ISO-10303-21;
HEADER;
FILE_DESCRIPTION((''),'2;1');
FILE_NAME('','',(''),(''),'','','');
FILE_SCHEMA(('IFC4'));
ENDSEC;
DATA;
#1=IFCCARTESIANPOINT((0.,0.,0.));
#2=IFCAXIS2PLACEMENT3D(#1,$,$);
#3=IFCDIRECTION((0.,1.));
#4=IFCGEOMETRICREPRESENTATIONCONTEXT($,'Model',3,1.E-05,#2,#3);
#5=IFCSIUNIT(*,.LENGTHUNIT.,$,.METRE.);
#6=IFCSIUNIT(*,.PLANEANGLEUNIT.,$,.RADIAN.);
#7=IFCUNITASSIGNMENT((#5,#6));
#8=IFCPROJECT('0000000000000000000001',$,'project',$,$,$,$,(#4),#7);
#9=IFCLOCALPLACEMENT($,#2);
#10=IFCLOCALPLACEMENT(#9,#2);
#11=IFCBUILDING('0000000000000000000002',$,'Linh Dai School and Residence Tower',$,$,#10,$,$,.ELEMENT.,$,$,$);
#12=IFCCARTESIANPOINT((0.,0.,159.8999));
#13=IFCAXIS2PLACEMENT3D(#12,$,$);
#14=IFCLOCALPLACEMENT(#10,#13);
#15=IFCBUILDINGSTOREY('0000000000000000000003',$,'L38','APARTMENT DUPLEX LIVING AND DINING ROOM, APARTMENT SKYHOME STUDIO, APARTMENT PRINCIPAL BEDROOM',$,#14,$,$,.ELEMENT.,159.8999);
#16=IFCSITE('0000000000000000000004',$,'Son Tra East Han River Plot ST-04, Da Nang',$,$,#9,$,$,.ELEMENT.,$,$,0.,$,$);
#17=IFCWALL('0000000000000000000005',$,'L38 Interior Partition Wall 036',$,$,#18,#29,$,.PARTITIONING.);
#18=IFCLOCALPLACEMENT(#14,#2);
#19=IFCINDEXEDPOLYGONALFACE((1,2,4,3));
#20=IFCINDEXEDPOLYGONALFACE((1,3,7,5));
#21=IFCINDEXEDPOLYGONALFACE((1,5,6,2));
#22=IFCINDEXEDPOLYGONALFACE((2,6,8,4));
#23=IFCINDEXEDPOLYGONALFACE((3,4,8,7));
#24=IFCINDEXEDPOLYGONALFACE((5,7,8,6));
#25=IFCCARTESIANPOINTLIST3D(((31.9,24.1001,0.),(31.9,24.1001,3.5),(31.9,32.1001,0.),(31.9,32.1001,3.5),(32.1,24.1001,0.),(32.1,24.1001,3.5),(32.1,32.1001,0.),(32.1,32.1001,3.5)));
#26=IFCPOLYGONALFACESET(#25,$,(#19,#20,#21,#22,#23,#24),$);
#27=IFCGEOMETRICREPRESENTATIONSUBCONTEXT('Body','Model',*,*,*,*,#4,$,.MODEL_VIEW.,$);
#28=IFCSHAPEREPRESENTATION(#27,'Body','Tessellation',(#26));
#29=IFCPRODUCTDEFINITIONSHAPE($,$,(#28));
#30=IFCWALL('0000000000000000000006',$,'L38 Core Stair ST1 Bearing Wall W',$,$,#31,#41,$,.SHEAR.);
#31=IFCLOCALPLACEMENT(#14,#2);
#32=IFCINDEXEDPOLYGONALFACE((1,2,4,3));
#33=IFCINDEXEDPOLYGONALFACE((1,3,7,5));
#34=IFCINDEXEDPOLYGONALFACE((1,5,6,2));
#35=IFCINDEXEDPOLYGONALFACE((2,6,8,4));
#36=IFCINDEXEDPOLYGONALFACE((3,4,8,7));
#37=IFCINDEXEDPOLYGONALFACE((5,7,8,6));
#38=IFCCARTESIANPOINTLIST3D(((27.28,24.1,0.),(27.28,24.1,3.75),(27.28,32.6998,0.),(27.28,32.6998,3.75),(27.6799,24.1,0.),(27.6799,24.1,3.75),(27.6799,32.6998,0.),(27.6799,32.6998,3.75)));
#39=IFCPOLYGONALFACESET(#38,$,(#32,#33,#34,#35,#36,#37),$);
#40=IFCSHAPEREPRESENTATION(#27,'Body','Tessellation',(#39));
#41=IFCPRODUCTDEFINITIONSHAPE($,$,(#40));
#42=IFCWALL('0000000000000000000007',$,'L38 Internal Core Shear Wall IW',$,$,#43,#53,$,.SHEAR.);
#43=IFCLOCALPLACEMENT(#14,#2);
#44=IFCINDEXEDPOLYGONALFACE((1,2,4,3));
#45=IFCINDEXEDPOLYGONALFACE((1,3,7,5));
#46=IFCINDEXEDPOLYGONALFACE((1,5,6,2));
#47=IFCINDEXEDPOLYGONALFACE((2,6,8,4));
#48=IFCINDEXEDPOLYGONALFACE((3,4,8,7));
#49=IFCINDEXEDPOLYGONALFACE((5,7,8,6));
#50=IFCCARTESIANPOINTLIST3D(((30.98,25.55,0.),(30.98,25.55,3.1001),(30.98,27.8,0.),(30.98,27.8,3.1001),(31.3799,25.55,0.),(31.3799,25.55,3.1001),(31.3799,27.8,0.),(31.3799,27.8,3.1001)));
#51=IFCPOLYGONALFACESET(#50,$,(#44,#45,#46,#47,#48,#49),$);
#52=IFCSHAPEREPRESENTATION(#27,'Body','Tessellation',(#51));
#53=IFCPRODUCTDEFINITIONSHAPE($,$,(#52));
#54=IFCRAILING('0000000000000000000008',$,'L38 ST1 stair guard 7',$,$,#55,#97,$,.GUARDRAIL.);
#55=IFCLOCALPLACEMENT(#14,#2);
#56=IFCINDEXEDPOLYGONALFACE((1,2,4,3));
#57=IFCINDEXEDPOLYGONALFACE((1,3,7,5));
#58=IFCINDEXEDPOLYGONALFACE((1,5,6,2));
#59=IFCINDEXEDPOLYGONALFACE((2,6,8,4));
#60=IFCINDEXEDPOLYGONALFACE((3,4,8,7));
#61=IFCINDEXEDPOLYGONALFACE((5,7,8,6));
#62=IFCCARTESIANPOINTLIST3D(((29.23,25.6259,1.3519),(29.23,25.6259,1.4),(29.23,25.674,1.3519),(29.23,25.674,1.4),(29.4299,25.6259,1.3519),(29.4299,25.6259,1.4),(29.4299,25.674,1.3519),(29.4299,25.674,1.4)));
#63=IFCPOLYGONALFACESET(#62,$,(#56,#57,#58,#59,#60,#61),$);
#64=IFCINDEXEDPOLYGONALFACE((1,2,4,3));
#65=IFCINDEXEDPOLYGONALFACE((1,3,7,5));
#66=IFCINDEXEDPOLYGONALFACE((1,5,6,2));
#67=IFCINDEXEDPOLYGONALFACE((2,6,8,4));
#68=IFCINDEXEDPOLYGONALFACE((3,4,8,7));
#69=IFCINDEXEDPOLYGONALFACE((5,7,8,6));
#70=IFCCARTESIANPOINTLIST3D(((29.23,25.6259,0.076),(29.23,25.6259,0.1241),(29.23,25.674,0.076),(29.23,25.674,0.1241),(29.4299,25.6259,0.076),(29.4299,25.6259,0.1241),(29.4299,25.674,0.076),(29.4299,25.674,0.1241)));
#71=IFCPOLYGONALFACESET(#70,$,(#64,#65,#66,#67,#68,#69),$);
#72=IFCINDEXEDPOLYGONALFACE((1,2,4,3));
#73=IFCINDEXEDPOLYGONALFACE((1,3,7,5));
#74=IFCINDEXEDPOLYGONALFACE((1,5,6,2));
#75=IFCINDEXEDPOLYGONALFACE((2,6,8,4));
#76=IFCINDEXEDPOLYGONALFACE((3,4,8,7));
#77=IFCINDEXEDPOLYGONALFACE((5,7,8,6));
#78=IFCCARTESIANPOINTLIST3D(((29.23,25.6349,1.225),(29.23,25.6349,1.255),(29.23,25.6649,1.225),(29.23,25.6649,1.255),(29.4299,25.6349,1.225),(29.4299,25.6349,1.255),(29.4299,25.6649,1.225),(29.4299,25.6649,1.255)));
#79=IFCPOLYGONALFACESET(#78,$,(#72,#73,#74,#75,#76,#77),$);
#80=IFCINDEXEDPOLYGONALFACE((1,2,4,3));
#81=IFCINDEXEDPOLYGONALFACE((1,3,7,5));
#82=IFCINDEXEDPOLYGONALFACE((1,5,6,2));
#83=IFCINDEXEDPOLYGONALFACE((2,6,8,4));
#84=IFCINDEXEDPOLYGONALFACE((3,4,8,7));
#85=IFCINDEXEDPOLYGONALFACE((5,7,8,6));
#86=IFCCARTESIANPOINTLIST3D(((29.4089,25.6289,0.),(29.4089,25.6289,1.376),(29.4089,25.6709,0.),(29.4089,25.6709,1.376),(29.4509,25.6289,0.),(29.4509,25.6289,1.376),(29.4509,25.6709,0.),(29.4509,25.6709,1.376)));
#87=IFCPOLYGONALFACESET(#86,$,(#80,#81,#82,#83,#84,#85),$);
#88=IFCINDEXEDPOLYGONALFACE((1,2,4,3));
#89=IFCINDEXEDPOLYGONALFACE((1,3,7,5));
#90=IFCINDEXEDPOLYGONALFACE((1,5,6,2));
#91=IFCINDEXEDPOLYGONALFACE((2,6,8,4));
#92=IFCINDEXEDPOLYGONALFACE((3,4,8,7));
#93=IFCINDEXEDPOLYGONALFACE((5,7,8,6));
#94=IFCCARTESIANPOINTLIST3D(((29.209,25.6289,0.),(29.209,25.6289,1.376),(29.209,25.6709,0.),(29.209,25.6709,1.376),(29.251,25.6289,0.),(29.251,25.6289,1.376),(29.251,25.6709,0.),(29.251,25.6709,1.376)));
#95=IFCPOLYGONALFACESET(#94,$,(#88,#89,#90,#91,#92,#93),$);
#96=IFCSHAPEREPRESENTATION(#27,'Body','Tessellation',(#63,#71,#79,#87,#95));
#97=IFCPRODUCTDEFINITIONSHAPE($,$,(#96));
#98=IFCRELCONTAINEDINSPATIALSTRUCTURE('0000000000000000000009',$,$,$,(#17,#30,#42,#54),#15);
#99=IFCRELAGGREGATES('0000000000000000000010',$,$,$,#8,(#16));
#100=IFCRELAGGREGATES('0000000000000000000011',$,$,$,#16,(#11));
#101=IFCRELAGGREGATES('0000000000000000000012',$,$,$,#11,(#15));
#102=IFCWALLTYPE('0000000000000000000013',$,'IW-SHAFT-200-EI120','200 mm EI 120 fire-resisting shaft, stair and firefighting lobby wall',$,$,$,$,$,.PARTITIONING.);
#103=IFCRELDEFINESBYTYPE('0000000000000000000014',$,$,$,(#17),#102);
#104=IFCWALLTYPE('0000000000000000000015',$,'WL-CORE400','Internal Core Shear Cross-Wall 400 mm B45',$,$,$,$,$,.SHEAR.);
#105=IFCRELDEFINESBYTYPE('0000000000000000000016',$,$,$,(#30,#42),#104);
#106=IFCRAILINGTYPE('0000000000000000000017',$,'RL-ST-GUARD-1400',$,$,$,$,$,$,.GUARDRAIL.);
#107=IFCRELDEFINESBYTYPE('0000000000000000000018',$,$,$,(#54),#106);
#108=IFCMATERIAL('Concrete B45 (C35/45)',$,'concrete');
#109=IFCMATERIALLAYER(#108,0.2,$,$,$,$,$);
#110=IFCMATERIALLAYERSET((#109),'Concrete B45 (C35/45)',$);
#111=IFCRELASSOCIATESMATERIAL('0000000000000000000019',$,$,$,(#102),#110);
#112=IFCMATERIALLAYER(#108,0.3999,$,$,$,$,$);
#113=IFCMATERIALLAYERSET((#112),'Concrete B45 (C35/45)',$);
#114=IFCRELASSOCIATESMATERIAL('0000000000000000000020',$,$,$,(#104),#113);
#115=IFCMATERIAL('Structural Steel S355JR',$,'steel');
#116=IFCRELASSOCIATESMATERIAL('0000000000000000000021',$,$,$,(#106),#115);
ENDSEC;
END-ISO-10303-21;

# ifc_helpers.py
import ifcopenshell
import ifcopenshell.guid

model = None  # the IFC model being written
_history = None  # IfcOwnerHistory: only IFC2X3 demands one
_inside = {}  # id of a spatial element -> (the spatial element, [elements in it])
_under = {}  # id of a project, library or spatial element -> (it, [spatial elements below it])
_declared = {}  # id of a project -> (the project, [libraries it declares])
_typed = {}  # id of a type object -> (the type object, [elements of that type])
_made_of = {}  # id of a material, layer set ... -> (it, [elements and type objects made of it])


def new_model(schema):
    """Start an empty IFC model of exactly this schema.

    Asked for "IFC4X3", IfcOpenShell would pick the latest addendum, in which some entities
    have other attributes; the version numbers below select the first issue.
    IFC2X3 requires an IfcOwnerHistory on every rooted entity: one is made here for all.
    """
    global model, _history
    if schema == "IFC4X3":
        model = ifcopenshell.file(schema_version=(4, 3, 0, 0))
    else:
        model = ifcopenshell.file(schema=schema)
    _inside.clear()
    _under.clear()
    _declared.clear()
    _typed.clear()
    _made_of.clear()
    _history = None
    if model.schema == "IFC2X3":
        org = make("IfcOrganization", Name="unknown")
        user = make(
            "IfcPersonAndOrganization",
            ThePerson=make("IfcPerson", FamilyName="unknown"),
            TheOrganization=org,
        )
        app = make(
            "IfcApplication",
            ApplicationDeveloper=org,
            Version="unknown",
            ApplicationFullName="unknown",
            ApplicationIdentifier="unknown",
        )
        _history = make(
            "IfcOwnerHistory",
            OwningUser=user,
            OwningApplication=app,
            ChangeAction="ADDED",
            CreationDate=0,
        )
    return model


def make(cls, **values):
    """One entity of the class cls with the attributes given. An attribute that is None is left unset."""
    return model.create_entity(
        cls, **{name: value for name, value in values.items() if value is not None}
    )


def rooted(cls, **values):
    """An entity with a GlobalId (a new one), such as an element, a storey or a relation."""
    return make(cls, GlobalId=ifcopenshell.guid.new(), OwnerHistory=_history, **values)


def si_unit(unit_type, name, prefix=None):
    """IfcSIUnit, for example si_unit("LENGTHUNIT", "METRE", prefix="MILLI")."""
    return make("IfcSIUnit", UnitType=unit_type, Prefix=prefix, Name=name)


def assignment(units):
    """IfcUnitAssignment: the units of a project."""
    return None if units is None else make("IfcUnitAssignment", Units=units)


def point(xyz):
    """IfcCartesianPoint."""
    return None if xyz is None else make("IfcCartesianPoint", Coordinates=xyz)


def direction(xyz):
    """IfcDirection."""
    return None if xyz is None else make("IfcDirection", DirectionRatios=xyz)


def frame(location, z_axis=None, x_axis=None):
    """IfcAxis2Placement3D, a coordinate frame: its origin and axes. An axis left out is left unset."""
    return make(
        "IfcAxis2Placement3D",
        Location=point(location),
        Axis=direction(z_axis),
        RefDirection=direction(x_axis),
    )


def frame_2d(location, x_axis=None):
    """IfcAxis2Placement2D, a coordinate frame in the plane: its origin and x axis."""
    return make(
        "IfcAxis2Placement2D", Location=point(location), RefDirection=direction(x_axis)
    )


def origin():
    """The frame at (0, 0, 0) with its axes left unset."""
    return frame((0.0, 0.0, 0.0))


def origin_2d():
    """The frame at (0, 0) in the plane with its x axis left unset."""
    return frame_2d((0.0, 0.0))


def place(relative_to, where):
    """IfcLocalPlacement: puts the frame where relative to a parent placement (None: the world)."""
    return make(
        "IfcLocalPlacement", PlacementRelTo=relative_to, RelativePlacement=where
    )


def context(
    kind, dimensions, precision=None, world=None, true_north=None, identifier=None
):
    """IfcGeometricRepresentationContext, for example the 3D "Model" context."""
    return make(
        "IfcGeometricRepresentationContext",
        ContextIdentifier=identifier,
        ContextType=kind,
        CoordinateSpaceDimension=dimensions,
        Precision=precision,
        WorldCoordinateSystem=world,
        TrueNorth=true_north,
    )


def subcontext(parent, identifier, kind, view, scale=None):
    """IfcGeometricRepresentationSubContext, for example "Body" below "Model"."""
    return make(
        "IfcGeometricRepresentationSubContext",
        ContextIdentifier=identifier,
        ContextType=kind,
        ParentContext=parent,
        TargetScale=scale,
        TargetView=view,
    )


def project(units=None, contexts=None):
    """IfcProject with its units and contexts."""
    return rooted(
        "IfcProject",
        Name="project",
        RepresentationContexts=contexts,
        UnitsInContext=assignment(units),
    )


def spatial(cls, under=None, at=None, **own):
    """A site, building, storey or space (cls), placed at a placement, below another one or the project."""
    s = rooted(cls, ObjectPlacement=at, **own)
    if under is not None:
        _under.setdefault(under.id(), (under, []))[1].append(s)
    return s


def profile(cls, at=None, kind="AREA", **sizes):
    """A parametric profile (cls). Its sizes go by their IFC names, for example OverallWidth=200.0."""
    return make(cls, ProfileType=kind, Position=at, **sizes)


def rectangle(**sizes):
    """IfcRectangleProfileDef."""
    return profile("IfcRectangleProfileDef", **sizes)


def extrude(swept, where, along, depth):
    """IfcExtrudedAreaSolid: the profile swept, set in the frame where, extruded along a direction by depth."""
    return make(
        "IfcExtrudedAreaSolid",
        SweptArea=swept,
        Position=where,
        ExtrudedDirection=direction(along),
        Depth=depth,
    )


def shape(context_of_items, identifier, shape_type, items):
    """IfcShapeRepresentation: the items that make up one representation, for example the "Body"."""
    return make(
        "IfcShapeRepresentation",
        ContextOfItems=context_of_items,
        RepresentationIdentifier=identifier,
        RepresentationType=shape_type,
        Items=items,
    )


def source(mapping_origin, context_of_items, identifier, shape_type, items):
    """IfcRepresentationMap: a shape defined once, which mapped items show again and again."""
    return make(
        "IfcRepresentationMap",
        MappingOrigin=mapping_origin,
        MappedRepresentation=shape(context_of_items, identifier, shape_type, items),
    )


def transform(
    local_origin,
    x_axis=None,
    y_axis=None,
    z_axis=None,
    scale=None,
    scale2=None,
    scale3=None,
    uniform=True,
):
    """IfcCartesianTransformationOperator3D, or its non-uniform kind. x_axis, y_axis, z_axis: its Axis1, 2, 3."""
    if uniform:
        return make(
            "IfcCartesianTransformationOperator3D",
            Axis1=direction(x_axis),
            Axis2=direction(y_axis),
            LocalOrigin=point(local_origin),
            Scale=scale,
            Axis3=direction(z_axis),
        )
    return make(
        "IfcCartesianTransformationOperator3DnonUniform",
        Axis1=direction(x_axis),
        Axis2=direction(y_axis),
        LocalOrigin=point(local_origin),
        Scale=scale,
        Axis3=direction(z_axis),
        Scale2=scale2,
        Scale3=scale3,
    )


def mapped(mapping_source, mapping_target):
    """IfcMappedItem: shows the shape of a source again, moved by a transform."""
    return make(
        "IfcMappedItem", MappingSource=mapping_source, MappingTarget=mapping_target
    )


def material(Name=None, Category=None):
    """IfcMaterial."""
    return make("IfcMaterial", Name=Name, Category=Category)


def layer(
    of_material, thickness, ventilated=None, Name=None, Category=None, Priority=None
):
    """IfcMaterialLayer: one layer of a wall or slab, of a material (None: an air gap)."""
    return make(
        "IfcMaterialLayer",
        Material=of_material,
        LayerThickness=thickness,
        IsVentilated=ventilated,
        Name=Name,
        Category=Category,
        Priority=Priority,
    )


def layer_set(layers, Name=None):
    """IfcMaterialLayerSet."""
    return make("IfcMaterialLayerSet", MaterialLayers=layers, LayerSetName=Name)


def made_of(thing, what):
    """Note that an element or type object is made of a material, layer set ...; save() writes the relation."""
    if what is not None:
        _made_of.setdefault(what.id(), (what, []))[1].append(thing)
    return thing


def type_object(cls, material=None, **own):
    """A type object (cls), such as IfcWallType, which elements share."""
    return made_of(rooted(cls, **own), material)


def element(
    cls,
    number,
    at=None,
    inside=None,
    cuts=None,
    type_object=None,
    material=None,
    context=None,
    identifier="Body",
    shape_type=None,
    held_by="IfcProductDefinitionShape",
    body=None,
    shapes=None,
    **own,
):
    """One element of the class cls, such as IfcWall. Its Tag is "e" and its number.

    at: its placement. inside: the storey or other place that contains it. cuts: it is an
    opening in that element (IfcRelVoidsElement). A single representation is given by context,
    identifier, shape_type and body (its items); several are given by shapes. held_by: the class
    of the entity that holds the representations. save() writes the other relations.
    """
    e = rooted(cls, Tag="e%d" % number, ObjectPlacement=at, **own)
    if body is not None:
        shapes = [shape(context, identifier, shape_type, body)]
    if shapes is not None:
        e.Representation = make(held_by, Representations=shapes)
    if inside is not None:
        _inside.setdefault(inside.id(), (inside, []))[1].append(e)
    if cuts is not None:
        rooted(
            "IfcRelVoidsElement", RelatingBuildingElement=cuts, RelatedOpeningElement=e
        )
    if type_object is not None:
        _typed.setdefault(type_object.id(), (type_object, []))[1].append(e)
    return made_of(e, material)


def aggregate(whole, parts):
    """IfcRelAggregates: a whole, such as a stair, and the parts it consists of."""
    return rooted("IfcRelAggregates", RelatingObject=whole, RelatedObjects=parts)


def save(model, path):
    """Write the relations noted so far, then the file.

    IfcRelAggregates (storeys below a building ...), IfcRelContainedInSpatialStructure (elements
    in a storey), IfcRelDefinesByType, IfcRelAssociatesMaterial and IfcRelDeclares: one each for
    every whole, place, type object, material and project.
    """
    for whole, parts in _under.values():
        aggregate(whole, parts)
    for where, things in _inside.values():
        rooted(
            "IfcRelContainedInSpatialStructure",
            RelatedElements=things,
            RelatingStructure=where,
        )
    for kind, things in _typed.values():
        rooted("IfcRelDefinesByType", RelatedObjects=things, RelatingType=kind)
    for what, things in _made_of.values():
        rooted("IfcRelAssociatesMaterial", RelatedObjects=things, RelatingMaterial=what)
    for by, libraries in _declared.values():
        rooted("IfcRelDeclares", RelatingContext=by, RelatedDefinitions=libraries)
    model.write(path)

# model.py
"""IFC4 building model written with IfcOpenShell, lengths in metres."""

from ifc_helpers import new_model, si_unit, direction, frame, frame_2d, origin, origin_2d, place, context, subcontext, project, spatial, rectangle, extrude, source, transform, mapped, material, layer, layer_set, type_object, element, save


model = new_model("IFC4")

# Units and contexts
model_context = context("Model", 3, precision=1e-05, world=origin(), true_north=direction((0.0, 1.0)))
body_context = subcontext(model_context, "Body", "Model", "MODEL_VIEW")
ifc_project = project(units=[si_unit("LENGTHUNIT", "METRE"), si_unit("PLANEANGLEUNIT", "RADIAN")], contexts=[model_context])

# Site, building, storey
site_placement = place(None, origin())
site = spatial("IfcSite", under=ifc_project, at=site_placement, Name="Son Tra East Han River Plot ST-04, Da Nang", CompositionType="ELEMENT", RefElevation=0.0)
building_placement = place(site_placement, origin())
building = spatial("IfcBuilding", under=site, at=building_placement, Name="Linh Dai School and Residence Tower", CompositionType="ELEMENT")
storey_placement = place(building_placement, frame((0.0, 0.0, 159.8999)))
storey = spatial("IfcBuildingStorey", under=building, at=storey_placement, Name="L38", Description="APARTMENT DUPLEX LIVING AND DINING ROOM, APARTMENT SKYHOME STUDIO, APARTMENT PRINCIPAL BEDROOM", CompositionType="ELEMENT", Elevation=159.8999)

# Shared definitions
ifc_material_1 = material(Name="Structural Steel S355JR", Category="steel")

# Shared definitions
ifc_material_2 = material(Name="Concrete B45 (C35/45)", Category="concrete")
ifc_layer_1 = layer(ifc_material_2, 0.2)
ifc_layer_set_1 = layer_set([ifc_layer_1], Name="Concrete B45 (C35/45)")
wall_type_1 = type_object("IfcWallType", Name="IW-SHAFT-200-EI120", Description="200 mm EI 120 fire-resisting shaft, stair and firefighting lobby wall", PredefinedType="PARTITIONING", material=ifc_layer_set_1)

# Wall
wall_1_placement = place(storey_placement, frame((32.0, 24.1001, 0.0), z_axis=(0.0, 0.0, 1.0), x_axis=(0.0, 1.0, 0.0)))
element("IfcWall", 1, at=wall_1_placement, inside=storey, type_object=wall_type_1, Name="L38 Interior Partition Wall 036", PredefinedType="PARTITIONING", context=body_context, shape_type="SweptSolid", body=[
    extrude(rectangle(XDim=8.0, YDim=0.2, at=frame_2d((4.0, 0.0))), origin(), (0.0, 0.0, 1.0), 3.5),
])

# Walls
ifc_layer_2 = layer(ifc_material_2, 0.3999)
ifc_layer_set_2 = layer_set([ifc_layer_2], Name="Concrete B45 (C35/45)")
wall_type_2 = type_object("IfcWallType", Name="WL-CORE400", Description="Internal Core Shear Cross-Wall 400 mm B45", PredefinedType="SHEAR", material=ifc_layer_set_2)
wall_2_placement = place(storey_placement, frame((27.48, 24.1001, 0.0), z_axis=(0.0, 0.0, 1.0), x_axis=(0.0, 1.0, 0.0)))
element("IfcWall", 2, at=wall_2_placement, inside=storey, type_object=wall_type_2, Name="L38 Core Stair ST1 Bearing Wall W", PredefinedType="SHEAR", context=body_context, shape_type="SweptSolid", body=[
    extrude(rectangle(XDim=8.5999, YDim=0.3999, at=frame_2d((4.2998, 0.0))), origin(), (0.0, 0.0, 1.0), 3.75),
])
wall_3_placement = place(storey_placement, frame((31.1799, 25.55, 0.0), z_axis=(0.0, 0.0, 1.0), x_axis=(0.0, 1.0, 0.0)))
element("IfcWall", 3, at=wall_3_placement, inside=storey, type_object=wall_type_2, Name="L38 Internal Core Shear Wall IW", PredefinedType="SHEAR", context=body_context, shape_type="SweptSolid", body=[
    extrude(rectangle(XDim=2.25, YDim=0.3999, at=frame_2d((1.125, 0.0))), origin(), (0.0, 0.0, 1.0), 3.1001),
])

# Railing
railing_type = type_object("IfcRailingType", Name="RL-ST-GUARD-1400", PredefinedType="GUARDRAIL", material=ifc_material_1)
shared_shape_1 = source(origin(), body_context, "Body", "SweptSolid", [
    extrude(rectangle(XDim=0.0481, YDim=0.0481, at=origin_2d()), frame((0.0, 0.0, 1.376), z_axis=(-1.0, 0.0, 0.0), x_axis=(0.0, -1.0, 0.0)), (0.0, 0.0, 1.0), 0.2),
    extrude(rectangle(XDim=0.0481, YDim=0.0481, at=origin_2d()), frame((0.0, 0.0, 0.1001), z_axis=(-1.0, 0.0, 0.0), x_axis=(0.0, -1.0, 0.0)), (0.0, 0.0, 1.0), 0.2),
    extrude(rectangle(XDim=0.03, YDim=0.03, at=origin_2d()), frame((0.0, 0.0, 1.24), z_axis=(-1.0, 0.0, 0.0), x_axis=(0.0, -1.0, 0.0)), (0.0, 0.0, 1.0), 0.2),
    extrude(rectangle(XDim=0.042, YDim=0.042, at=origin_2d()), origin(), (0.0, 0.0, 1.0), 1.376),
    extrude(rectangle(XDim=0.042, YDim=0.042, at=origin_2d()), frame((-0.2, 0.0, 0.0)), (0.0, 0.0, 1.0), 1.376),
])
railing_1_placement = place(storey_placement, frame((29.4299, 25.6499, 0.0)))
element("IfcRailing", 4, at=railing_1_placement, inside=storey, type_object=railing_type, Name="L38 ST1 stair guard 7", PredefinedType="GUARDRAIL", context=body_context, shape_type="MappedRepresentation", body=[
    mapped(shared_shape_1, transform((0.0, 0.0, 0.0), x_axis=(1.0, 0.0, 0.0), y_axis=(0.0, 1.0, 0.0), z_axis=(0.0, 0.0, 1.0), scale=1.0)),
])

save(model, "model.ifc")
